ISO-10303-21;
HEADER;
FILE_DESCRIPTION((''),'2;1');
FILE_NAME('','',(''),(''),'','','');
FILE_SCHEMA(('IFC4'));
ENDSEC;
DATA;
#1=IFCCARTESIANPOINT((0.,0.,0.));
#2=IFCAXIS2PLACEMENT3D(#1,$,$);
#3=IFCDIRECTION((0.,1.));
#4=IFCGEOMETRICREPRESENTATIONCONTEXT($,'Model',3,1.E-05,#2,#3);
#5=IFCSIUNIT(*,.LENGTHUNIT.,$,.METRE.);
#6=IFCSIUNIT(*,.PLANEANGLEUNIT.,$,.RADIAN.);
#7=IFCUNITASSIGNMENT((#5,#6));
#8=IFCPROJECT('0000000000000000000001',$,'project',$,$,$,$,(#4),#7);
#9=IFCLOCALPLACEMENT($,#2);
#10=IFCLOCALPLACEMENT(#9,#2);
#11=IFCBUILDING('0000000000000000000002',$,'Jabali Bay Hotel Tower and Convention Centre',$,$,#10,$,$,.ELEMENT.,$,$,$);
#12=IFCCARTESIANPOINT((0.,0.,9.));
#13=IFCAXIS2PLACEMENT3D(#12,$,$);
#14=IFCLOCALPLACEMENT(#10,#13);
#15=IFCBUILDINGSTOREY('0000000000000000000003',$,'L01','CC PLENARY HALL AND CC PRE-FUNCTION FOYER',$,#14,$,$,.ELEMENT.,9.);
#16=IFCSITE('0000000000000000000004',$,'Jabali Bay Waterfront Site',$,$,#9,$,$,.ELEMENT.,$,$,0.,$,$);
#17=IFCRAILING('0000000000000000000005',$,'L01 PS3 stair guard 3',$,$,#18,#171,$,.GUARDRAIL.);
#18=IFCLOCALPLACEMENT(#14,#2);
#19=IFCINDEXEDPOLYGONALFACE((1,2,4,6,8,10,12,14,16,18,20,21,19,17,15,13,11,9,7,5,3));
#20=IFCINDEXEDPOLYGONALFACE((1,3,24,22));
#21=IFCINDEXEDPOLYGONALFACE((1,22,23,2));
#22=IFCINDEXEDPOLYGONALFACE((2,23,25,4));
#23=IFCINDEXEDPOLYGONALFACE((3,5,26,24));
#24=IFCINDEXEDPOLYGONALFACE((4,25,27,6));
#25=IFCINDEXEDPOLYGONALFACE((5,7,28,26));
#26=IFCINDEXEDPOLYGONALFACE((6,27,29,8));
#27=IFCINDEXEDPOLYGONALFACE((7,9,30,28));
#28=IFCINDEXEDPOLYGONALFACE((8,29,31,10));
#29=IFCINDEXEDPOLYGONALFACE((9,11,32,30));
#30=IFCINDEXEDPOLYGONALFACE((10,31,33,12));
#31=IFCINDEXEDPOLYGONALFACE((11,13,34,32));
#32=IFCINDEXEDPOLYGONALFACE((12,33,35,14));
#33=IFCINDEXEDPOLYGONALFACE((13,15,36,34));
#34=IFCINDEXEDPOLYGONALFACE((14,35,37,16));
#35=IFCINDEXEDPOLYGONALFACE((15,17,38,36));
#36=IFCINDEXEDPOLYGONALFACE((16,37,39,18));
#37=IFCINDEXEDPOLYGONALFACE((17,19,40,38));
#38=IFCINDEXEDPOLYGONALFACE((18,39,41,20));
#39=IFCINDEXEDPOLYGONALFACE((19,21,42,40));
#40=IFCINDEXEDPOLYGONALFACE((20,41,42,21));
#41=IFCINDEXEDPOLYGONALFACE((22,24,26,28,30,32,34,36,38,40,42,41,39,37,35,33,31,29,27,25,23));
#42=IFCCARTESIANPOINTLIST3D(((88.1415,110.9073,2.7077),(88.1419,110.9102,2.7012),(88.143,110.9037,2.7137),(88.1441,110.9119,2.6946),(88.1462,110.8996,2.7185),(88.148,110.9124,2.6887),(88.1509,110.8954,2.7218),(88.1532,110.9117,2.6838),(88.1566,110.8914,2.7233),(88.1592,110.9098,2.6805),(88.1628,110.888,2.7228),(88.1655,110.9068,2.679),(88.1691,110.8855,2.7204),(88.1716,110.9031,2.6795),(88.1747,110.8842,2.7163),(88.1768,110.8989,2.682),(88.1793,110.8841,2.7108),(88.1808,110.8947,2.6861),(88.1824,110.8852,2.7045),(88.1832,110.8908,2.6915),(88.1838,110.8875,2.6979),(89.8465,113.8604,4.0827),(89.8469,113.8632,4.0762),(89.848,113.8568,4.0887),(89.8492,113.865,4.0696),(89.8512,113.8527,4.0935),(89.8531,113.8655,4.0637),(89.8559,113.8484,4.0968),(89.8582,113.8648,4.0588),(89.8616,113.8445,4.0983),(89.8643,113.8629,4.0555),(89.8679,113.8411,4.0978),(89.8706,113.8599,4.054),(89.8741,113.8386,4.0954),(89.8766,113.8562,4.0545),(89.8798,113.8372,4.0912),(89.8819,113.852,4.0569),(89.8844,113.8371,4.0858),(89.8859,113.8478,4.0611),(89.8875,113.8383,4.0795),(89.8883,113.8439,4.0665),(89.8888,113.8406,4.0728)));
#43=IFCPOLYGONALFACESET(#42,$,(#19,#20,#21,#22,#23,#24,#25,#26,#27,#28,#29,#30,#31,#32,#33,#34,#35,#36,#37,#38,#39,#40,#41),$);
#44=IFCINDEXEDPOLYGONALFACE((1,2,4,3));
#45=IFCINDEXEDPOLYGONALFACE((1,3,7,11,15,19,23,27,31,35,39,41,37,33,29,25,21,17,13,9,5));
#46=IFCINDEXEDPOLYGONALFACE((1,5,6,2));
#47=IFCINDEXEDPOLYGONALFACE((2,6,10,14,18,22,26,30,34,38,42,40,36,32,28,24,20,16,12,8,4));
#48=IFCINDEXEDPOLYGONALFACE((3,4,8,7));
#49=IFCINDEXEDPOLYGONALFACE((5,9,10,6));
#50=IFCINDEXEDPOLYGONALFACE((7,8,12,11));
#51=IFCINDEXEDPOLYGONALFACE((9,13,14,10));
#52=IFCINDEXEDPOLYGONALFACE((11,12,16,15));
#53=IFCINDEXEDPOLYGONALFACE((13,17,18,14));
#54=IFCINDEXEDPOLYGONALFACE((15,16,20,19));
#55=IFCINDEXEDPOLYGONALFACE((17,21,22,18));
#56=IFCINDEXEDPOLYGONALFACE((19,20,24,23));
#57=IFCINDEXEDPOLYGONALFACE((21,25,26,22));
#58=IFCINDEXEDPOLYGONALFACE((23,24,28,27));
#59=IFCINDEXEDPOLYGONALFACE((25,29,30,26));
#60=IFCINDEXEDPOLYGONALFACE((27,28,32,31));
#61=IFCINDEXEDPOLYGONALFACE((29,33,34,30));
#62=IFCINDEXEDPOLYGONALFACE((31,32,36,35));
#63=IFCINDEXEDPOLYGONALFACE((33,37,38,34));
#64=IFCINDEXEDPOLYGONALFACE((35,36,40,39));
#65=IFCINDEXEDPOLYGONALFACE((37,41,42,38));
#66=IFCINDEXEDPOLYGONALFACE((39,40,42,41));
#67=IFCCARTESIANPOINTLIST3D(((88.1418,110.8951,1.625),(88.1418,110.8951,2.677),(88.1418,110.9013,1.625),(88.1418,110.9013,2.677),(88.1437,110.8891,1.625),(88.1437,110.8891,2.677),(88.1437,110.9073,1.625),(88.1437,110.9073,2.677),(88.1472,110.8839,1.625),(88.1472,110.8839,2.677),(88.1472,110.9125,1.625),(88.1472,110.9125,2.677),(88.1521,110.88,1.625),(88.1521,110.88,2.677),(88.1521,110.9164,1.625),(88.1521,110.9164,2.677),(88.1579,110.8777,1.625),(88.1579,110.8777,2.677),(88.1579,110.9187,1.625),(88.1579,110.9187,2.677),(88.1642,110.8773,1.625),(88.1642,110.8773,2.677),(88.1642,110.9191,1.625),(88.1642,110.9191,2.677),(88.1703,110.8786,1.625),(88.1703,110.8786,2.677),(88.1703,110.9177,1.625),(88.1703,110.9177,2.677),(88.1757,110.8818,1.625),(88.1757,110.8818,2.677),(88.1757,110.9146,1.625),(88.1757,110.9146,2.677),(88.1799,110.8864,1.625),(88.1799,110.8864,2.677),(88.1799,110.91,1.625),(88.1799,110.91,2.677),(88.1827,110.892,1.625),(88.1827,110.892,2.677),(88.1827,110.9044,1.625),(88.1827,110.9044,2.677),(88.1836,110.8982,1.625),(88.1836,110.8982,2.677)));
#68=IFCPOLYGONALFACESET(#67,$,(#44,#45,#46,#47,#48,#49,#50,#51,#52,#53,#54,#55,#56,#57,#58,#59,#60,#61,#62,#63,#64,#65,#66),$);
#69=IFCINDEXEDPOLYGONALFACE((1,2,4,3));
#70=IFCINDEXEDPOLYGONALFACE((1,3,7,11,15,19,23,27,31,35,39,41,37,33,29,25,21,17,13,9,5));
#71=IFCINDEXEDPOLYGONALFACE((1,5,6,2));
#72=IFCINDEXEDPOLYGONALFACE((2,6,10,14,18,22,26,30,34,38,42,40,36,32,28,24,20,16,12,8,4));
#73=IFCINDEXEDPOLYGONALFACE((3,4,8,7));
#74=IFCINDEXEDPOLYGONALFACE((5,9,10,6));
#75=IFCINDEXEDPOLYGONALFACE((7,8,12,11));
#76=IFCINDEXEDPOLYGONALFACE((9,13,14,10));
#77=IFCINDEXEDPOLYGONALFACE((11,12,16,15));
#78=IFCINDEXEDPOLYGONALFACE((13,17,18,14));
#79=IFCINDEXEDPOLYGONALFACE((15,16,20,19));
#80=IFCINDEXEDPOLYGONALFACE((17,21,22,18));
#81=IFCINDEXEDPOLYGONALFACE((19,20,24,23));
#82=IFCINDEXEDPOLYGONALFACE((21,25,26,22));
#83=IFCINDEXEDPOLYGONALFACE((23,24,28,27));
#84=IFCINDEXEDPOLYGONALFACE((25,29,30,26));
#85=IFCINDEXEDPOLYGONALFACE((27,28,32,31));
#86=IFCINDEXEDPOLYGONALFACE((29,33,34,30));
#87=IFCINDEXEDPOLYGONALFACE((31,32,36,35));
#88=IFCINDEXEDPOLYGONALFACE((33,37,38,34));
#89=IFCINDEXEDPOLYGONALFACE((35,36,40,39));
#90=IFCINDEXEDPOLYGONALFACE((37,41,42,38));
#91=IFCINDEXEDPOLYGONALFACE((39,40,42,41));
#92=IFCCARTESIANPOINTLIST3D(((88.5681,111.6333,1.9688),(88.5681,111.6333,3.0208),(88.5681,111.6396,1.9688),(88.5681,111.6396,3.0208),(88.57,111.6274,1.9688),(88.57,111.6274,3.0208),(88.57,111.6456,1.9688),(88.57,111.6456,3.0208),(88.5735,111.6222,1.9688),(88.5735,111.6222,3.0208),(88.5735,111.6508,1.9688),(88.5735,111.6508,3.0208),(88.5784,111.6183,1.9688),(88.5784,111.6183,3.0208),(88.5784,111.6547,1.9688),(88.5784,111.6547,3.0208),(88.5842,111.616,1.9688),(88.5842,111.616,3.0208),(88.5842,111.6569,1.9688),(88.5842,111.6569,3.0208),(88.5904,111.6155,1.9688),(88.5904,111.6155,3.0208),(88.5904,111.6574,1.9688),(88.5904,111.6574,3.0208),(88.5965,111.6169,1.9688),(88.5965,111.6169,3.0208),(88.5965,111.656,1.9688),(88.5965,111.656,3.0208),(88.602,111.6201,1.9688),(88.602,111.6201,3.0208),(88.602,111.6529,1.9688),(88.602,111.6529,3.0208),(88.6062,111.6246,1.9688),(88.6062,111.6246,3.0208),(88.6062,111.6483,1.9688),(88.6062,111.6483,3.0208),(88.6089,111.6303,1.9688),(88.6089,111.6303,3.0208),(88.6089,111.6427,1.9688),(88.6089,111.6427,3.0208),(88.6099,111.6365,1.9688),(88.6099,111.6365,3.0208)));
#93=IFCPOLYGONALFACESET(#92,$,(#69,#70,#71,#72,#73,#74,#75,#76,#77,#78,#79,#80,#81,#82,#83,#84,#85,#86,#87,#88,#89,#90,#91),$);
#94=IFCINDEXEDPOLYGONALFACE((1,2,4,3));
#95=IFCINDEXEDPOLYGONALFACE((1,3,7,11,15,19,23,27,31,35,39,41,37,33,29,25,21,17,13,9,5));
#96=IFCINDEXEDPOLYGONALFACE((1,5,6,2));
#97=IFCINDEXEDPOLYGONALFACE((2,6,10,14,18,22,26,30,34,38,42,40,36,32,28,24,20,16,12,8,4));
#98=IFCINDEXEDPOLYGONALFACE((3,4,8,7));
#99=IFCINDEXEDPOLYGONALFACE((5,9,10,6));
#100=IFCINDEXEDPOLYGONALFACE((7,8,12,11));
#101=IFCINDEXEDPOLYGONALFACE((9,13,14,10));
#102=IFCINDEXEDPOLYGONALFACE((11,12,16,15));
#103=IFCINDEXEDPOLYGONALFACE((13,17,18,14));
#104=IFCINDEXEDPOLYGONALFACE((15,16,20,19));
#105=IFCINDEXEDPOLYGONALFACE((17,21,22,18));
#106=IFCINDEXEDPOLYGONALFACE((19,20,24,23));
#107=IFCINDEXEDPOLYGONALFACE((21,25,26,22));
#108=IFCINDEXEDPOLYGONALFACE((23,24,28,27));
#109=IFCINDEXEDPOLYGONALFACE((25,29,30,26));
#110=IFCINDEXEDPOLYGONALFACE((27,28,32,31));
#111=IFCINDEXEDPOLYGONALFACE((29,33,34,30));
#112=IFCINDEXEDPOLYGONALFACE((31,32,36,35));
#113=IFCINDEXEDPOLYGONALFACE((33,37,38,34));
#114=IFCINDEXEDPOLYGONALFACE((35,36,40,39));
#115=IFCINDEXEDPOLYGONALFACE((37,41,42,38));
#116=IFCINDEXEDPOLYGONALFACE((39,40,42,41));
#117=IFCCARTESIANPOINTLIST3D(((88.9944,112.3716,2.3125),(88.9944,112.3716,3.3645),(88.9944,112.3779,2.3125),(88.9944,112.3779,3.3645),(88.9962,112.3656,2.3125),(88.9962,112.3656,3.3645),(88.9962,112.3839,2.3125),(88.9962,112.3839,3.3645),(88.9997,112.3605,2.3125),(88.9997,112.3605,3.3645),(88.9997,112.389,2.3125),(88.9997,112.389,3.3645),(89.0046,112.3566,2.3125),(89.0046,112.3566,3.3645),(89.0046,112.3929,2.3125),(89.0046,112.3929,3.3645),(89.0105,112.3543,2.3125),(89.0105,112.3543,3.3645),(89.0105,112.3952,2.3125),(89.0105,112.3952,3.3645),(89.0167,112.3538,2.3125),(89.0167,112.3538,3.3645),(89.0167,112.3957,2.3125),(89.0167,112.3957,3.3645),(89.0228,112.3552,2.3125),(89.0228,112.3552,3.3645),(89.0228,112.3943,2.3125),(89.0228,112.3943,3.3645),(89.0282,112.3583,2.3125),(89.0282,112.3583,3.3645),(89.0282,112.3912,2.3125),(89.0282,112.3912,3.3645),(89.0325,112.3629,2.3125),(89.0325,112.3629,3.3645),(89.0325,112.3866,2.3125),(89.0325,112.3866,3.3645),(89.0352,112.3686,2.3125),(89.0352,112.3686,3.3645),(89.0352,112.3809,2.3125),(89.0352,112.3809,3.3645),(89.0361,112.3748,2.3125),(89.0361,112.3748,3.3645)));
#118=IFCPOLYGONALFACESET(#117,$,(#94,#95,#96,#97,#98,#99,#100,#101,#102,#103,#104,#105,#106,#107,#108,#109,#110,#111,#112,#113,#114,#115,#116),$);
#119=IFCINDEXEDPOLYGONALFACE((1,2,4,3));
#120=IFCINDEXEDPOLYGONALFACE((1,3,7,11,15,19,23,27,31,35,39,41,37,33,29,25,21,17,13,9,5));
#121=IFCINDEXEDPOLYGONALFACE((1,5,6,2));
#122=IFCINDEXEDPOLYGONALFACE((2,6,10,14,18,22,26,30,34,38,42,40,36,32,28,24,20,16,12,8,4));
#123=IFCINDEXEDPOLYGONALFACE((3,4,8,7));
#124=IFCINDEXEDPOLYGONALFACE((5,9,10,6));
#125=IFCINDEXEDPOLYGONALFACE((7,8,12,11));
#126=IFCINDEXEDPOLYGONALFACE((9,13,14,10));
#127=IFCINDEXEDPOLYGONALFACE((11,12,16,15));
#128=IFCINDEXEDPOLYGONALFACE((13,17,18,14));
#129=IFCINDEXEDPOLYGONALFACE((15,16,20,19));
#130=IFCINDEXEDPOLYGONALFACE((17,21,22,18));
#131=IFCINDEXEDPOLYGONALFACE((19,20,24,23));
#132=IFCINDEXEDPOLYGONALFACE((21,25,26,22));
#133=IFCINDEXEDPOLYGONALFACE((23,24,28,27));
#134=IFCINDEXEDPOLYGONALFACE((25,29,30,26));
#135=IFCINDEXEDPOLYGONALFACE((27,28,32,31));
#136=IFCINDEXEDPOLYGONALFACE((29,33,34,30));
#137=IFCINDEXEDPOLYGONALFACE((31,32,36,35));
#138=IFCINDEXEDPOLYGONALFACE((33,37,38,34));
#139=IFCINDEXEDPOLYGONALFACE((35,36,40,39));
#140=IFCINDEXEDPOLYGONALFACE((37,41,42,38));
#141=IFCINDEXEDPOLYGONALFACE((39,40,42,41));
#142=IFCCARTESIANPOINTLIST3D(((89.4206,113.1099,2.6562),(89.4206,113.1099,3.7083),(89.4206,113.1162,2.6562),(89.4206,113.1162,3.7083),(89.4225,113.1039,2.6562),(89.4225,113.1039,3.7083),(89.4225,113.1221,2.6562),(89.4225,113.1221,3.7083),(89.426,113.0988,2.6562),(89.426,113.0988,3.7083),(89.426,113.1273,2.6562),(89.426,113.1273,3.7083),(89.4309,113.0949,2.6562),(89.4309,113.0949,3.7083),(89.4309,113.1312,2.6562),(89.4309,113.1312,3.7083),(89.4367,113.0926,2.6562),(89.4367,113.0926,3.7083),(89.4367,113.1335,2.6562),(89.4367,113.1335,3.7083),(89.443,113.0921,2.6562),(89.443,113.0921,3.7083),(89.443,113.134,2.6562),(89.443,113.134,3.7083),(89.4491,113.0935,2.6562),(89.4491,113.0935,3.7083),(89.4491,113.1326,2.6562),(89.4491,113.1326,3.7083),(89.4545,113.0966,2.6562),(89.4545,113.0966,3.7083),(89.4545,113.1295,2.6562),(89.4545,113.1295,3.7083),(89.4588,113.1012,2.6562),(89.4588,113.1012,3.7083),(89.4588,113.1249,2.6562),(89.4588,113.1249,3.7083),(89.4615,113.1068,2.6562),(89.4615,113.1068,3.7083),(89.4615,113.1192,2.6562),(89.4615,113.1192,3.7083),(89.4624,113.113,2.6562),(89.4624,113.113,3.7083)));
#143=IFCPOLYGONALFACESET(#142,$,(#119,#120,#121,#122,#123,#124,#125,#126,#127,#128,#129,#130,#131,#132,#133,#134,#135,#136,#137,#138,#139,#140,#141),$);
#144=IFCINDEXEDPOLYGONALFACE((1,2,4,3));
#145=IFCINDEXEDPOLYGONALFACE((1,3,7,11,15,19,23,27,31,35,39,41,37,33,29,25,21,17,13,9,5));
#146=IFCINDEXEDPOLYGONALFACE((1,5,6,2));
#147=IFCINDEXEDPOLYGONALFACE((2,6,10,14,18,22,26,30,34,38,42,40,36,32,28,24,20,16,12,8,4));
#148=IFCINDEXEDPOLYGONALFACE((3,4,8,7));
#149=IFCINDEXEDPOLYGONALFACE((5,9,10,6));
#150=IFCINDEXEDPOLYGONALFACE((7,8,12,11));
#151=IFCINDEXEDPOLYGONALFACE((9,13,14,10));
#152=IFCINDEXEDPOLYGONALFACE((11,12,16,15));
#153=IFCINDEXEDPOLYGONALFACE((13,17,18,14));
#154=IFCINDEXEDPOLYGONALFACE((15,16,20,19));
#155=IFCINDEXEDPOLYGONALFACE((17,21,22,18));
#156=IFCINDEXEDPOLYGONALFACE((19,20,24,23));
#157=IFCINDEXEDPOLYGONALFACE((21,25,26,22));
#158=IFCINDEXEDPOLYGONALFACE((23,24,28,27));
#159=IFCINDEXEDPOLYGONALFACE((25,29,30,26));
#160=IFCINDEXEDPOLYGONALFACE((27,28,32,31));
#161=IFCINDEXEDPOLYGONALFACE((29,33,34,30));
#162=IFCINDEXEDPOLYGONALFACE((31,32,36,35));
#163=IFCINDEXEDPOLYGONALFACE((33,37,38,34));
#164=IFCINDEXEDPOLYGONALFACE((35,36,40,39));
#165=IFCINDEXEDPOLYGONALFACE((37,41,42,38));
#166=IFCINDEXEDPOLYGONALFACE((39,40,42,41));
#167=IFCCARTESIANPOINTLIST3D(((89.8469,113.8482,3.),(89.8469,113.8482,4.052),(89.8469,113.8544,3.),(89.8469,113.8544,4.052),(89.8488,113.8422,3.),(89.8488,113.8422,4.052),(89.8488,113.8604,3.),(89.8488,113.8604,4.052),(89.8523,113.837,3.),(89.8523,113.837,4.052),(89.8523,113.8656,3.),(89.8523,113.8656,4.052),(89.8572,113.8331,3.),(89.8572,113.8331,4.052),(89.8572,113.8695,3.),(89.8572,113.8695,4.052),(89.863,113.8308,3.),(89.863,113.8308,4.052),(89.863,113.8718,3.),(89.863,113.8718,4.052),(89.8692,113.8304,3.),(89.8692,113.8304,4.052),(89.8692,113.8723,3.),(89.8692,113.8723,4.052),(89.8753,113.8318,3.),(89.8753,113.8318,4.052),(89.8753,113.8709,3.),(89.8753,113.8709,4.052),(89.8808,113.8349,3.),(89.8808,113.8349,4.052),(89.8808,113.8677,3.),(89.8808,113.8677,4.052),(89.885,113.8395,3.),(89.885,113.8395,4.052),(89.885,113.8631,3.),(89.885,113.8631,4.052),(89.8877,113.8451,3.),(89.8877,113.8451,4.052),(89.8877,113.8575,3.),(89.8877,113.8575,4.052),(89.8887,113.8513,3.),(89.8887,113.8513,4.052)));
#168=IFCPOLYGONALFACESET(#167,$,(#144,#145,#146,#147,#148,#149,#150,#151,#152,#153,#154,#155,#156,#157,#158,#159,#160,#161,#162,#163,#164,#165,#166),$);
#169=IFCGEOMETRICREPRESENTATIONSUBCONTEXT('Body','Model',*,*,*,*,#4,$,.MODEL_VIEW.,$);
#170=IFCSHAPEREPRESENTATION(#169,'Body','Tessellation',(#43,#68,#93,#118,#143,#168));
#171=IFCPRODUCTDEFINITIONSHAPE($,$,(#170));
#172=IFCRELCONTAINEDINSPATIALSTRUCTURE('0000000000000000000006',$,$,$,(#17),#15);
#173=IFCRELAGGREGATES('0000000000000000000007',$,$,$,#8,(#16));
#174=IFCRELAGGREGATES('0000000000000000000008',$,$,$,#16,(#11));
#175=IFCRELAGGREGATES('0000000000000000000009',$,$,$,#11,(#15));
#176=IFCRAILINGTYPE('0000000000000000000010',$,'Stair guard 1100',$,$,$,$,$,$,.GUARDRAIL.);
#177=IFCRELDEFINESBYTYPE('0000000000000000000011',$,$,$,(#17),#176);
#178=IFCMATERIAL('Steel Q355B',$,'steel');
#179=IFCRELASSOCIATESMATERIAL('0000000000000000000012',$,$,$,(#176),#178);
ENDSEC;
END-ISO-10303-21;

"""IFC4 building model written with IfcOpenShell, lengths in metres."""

from ifc_helpers import new_model, si_unit, direction, frame, origin, origin_2d, place, context, subcontext, project, spatial, circle, extrude, material, type_object, element, save


model = new_model("IFC4")

# Units and contexts
model_context = context("Model", 3, precision=1e-05, world=origin(), true_north=direction((0.0, 1.0)))
body_context = subcontext(model_context, "Body", "Model", "MODEL_VIEW")
ifc_project = project(units=[si_unit("LENGTHUNIT", "METRE"), si_unit("PLANEANGLEUNIT", "RADIAN")], contexts=[model_context])

# Site, building, storey
site_placement = place(None, origin())
site = spatial("IfcSite", under=ifc_project, at=site_placement, Name="Jabali Bay Waterfront Site", CompositionType="ELEMENT", RefElevation=0.0)
building_placement = place(site_placement, origin())
building = spatial("IfcBuilding", under=site, at=building_placement, Name="Jabali Bay Hotel Tower and Convention Centre", CompositionType="ELEMENT")
storey_placement = place(building_placement, frame((0.0, 0.0, 9.0)))
storey = spatial("IfcBuildingStorey", under=building, at=storey_placement, Name="L01", Description="CC PLENARY HALL AND CC PRE-FUNCTION FOYER", CompositionType="ELEMENT", Elevation=9.0)

# Railing
ifc_material_1 = material(Name="Steel Q355B", Category="steel")
railing_type_1 = type_object("IfcRailingType", Name="Stair guard 1100", PredefinedType="GUARDRAIL", material=ifc_material_1)
railing_1_placement = place(storey_placement, frame((88.1626, 110.8982, 1.625)))
element("IfcRailing", 1, at=railing_1_placement, inside=storey, type_object=railing_type_1, Name="L01 PS3 stair guard 3", PredefinedType="GUARDRAIL", context=body_context, shape_type="SweptSolid", body=[
    extrude(circle(Radius=0.0239, at=origin_2d()), frame((0.0, 0.0, 1.0762), z_axis=(0.46374, 0.803178, 0.373966), x_axis=(-0.866014, 0.50002, 0.0)), (0.0, 0.0, 1.0), 3.6768),
    extrude(circle(Radius=0.021, at=origin_2d()), origin(), (0.0, 0.0, 1.0), 1.052),
    extrude(circle(Radius=0.021, at=origin_2d()), frame((0.4263, 0.7383, 0.3438)), (0.0, 0.0, 1.0), 1.052),
    extrude(circle(Radius=0.021, at=origin_2d()), frame((0.8525, 1.4766, 0.6875)), (0.0, 0.0, 1.0), 1.052),
    extrude(circle(Radius=0.021, at=origin_2d()), frame((1.2788, 2.2148, 1.0312)), (0.0, 0.0, 1.0), 1.052),
    extrude(circle(Radius=0.021, at=origin_2d()), frame((1.7051, 2.9531, 1.375)), (0.0, 0.0, 1.0), 1.052),
])

save(model, "model.ifc")
